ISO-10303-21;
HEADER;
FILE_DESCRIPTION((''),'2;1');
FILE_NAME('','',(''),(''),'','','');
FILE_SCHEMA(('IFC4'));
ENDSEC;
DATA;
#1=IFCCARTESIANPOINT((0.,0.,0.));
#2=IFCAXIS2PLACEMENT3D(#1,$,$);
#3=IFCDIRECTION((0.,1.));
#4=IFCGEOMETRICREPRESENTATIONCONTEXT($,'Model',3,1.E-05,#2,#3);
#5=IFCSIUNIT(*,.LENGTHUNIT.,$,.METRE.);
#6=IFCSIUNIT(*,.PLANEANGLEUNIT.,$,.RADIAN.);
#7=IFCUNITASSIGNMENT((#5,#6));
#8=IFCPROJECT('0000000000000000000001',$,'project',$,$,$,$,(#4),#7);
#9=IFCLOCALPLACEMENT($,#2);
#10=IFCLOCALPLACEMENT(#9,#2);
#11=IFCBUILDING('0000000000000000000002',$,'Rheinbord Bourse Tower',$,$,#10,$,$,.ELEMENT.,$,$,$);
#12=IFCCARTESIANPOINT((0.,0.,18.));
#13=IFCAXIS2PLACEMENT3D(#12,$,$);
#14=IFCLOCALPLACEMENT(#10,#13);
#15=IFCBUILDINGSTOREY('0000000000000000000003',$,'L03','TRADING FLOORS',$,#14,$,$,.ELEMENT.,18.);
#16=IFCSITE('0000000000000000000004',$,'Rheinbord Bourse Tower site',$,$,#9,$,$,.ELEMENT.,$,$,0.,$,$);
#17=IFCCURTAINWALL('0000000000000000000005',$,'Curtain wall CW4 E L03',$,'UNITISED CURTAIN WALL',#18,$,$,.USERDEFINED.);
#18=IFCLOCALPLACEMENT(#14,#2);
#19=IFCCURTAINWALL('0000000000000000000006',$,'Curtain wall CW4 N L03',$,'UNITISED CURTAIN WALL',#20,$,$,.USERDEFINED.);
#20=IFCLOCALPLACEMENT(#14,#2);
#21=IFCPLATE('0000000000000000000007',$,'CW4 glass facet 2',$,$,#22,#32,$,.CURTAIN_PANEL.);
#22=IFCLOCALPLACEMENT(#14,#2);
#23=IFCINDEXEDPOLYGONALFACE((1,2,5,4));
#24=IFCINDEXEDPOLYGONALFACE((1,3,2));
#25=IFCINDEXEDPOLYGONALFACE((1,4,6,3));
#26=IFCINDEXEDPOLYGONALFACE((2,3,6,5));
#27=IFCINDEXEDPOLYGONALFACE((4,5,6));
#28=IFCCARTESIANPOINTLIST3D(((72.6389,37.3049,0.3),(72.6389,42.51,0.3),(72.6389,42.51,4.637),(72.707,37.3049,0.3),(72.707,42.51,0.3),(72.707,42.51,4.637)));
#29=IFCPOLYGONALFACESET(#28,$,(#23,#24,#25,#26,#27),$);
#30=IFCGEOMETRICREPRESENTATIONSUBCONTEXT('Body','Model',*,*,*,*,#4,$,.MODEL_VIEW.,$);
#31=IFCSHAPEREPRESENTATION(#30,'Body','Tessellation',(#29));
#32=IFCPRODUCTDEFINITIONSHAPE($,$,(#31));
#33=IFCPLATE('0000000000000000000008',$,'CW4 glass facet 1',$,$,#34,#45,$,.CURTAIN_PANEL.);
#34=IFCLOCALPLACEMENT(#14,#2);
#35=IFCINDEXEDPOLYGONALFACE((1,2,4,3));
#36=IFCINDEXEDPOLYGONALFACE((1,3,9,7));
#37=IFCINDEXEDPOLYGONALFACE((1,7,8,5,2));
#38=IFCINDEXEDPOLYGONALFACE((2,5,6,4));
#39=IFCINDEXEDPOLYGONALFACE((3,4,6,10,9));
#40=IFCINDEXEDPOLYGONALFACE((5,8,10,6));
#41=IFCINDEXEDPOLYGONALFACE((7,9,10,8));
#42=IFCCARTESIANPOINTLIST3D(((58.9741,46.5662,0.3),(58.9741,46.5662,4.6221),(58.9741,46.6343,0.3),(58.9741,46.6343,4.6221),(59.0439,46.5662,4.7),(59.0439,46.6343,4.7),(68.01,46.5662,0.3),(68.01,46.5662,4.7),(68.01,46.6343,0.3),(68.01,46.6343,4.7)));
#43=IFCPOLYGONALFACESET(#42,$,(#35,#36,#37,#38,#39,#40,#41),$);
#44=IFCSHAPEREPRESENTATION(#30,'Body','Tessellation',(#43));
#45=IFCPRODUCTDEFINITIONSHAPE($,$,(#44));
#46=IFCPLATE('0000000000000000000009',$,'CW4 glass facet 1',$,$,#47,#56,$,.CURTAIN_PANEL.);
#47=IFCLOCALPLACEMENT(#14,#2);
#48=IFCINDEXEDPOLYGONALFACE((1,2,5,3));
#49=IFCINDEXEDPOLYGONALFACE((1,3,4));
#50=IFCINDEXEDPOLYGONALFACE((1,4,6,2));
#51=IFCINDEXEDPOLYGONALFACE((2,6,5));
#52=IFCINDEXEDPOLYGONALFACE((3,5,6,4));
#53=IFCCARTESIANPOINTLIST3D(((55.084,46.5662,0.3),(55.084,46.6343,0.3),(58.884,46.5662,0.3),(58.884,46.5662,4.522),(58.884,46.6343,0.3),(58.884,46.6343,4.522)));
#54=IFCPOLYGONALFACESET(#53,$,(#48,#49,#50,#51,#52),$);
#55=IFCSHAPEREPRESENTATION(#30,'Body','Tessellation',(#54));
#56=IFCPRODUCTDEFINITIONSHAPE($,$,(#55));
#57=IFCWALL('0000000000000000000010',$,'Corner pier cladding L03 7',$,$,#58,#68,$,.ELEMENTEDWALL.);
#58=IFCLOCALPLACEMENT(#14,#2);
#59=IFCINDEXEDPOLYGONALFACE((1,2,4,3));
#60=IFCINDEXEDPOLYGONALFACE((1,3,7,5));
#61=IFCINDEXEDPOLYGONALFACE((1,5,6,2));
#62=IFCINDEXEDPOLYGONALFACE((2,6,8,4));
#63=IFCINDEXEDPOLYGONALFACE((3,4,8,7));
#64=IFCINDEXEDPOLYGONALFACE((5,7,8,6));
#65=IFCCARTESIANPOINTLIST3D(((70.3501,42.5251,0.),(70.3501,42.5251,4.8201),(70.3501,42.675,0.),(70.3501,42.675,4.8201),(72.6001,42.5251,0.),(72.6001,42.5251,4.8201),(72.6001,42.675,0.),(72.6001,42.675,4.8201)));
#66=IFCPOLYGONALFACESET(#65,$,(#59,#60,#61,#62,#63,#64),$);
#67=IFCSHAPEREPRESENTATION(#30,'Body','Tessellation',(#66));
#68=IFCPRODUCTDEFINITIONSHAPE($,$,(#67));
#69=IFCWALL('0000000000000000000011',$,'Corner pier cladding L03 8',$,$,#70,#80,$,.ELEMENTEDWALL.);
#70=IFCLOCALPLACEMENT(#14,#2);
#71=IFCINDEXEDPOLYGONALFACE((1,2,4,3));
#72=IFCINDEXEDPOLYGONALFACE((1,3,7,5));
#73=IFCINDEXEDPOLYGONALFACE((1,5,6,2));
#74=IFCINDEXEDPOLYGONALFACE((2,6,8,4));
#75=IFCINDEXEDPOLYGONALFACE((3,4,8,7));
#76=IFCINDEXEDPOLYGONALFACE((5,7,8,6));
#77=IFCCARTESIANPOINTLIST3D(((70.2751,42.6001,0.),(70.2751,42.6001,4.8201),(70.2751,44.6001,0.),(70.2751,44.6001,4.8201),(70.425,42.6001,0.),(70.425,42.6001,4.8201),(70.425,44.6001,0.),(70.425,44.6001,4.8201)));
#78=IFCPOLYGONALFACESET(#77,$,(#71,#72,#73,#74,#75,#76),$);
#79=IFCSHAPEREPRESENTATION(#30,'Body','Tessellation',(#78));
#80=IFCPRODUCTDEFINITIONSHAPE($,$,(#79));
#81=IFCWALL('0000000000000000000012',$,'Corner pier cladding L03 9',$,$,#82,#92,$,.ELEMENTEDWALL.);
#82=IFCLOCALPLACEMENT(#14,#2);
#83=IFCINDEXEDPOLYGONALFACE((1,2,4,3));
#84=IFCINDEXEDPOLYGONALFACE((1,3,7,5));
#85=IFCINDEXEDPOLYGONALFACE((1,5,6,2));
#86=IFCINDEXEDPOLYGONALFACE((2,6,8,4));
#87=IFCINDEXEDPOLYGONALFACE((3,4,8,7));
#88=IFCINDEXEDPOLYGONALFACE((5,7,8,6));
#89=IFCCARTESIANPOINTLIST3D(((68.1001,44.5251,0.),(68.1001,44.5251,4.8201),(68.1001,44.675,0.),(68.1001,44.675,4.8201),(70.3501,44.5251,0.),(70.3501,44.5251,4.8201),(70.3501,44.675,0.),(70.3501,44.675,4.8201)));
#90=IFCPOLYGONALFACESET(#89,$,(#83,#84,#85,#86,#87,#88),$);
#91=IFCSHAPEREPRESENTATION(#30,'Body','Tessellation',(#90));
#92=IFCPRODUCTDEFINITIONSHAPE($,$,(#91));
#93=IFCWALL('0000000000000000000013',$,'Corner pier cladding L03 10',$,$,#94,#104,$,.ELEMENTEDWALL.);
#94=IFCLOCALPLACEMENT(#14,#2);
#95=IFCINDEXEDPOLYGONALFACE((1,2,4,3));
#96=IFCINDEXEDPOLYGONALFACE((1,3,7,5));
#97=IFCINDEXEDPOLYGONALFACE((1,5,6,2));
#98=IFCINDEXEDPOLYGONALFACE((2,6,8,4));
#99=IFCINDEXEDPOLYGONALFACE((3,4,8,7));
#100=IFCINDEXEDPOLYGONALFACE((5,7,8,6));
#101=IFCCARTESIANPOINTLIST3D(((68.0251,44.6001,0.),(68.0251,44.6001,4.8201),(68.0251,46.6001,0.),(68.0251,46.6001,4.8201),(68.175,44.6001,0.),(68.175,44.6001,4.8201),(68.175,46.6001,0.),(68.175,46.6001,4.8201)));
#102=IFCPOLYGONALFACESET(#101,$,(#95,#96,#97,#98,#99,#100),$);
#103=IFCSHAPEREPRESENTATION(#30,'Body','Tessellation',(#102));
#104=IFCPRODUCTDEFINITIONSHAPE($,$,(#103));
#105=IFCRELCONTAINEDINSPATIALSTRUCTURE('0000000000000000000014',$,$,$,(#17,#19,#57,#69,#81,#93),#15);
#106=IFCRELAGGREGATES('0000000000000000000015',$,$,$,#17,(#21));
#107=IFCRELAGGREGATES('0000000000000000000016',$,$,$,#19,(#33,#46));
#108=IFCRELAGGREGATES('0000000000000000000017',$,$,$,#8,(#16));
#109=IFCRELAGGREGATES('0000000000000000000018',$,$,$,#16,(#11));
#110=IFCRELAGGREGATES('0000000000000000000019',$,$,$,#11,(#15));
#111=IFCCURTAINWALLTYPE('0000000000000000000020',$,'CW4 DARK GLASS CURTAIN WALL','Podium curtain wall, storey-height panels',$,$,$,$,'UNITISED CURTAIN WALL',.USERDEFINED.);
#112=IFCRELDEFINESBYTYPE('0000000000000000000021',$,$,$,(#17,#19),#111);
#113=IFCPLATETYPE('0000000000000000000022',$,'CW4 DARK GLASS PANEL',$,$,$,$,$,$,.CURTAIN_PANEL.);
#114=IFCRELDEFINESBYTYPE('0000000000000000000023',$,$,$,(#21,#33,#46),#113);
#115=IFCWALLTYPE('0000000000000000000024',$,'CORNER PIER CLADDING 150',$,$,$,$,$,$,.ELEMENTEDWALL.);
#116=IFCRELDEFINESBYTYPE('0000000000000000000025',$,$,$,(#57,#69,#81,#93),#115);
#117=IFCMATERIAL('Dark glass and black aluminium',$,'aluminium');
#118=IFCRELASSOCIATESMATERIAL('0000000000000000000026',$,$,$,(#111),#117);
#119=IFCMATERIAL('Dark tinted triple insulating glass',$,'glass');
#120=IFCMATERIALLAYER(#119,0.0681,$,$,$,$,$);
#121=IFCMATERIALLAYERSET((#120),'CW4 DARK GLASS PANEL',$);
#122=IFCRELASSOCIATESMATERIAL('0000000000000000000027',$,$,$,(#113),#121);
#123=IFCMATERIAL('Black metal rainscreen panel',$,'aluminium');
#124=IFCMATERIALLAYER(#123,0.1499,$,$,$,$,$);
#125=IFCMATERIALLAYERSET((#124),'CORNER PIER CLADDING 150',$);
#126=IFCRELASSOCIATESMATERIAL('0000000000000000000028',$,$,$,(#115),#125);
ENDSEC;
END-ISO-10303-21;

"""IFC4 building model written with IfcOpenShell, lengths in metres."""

from ifc_helpers import new_model, si_unit, direction, frame, frame_2d, origin, place, context, subcontext, project, spatial, polyline, rectangle, outline, extrude, material, layer, layer_set, type_object, element, aggregate, save


model = new_model("IFC4")

# Units and contexts
model_context = context("Model", 3, precision=1e-05, world=origin(), true_north=direction((0.0, 1.0)))
body_context = subcontext(model_context, "Body", "Model", "MODEL_VIEW")
ifc_project = project(units=[si_unit("LENGTHUNIT", "METRE"), si_unit("PLANEANGLEUNIT", "RADIAN")], contexts=[model_context])

# Site, building, storey
site_placement = place(None, origin())
site = spatial("IfcSite", under=ifc_project, at=site_placement, Name="Rheinbord Bourse Tower site", CompositionType="ELEMENT", RefElevation=0.0)
building_placement = place(site_placement, origin())
building = spatial("IfcBuilding", under=site, at=building_placement, Name="Rheinbord Bourse Tower", CompositionType="ELEMENT")
storey_placement = place(building_placement, frame((0.0, 0.0, 18.0)))
storey = spatial("IfcBuildingStorey", under=building, at=storey_placement, Name="L03", Description="TRADING FLOORS", CompositionType="ELEMENT", Elevation=18.0)

# Curtain walls
ifc_material_1 = material(Name="Dark glass and black aluminium", Category="aluminium")
curtain_wall_type = type_object("IfcCurtainWallType", Name="CW4 DARK GLASS CURTAIN WALL", Description="Podium curtain wall, storey-height panels", ElementType="UNITISED CURTAIN WALL", PredefinedType="USERDEFINED", material=ifc_material_1)
curtain_wall_1_placement = place(storey_placement, origin())
curtain_wall_1 = element("IfcCurtainWall", 1, at=curtain_wall_1_placement, inside=storey, type_object=curtain_wall_type, Name="Curtain wall CW4 E L03", ObjectType="UNITISED CURTAIN WALL", PredefinedType="USERDEFINED")
curtain_wall_2_placement = place(storey_placement, origin())
curtain_wall_2 = element("IfcCurtainWall", 2, at=curtain_wall_2_placement, inside=storey, type_object=curtain_wall_type, Name="Curtain wall CW4 N L03", ObjectType="UNITISED CURTAIN WALL", PredefinedType="USERDEFINED")

# Plates
ifc_material_2 = material(Name="Dark tinted triple insulating glass", Category="glass")
ifc_layer_1 = layer(ifc_material_2, 0.0681)
ifc_layer_set_1 = layer_set([ifc_layer_1], Name="CW4 DARK GLASS PANEL")
plate_type = type_object("IfcPlateType", Name="CW4 DARK GLASS PANEL", PredefinedType="CURTAIN_PANEL", material=ifc_layer_set_1)
plate_1_placement = place(storey_placement, frame((72.707, 42.51, 0.3), z_axis=(-1.0, 0.0, 0.0), x_axis=(0.0, -1.0, 0.0)))
plate_1 = element("IfcPlate", 3, at=plate_1_placement, type_object=plate_type, Name="CW4 glass facet 2", PredefinedType="CURTAIN_PANEL", context=body_context, shape_type="SweptSolid", body=[
    extrude(outline(polyline([(0.0, 0.0), (5.2051, 0.0), (0.0, 4.3369), (0.0, 0.0)])), origin(), (0.0, 0.0, 1.0), 0.0681),
])
aggregate(curtain_wall_1, [plate_1])
plate_2_placement = place(storey_placement, frame((58.9741, 46.6343, 0.3), z_axis=(0.0, -1.0, 0.0), x_axis=(1.0, 0.0, 0.0)))
plate_2 = element("IfcPlate", 4, at=plate_2_placement, type_object=plate_type, Name="CW4 glass facet 1", PredefinedType="CURTAIN_PANEL", context=body_context, shape_type="SweptSolid", body=[
    extrude(outline(polyline([(0.0, 0.0), (9.0359, 0.0), (9.0359, 4.3999), (0.0698, 4.3999), (0.0, 4.322), (0.0, 0.0)])), origin(), (0.0, 0.0, 1.0), 0.0681),
])
plate_3_placement = place(storey_placement, frame((58.884, 46.6343, 0.3), z_axis=(0.0, -1.0, 0.0), x_axis=(0.0, 0.0, 1.0)))
plate_3 = element("IfcPlate", 5, at=plate_3_placement, type_object=plate_type, Name="CW4 glass facet 1", PredefinedType="CURTAIN_PANEL", context=body_context, shape_type="SweptSolid", body=[
    extrude(outline(polyline([(0.0, 0.0), (4.2219, 0.0), (0.0, 3.8), (0.0, 0.0)])), origin(), (0.0, 0.0, 1.0), 0.0681),
])
aggregate(curtain_wall_2, [plate_2, plate_3])

# Walls
ifc_material_3 = material(Name="Black metal rainscreen panel", Category="aluminium")
ifc_layer_2 = layer(ifc_material_3, 0.1499)
ifc_layer_set_2 = layer_set([ifc_layer_2], Name="CORNER PIER CLADDING 150")
wall_type = type_object("IfcWallType", Name="CORNER PIER CLADDING 150", PredefinedType="ELEMENTEDWALL", material=ifc_layer_set_2)
wall_1_placement = place(storey_placement, frame((72.6001, 42.6001, 0.0), z_axis=(0.0, 0.0, 1.0), x_axis=(-1.0, 0.0, 0.0)))
element("IfcWall", 6, at=wall_1_placement, inside=storey, type_object=wall_type, Name="Corner pier cladding L03 7", PredefinedType="ELEMENTEDWALL", context=body_context, shape_type="SweptSolid", body=[
    extrude(rectangle(XDim=2.25, YDim=0.1499, at=frame_2d((1.125, 0.0))), origin(), (0.0, 0.0, 1.0), 4.8201),
])
wall_2_placement = place(storey_placement, frame((70.3501, 42.6001, 0.0), z_axis=(0.0, 0.0, 1.0), x_axis=(0.0, 1.0, 0.0)))
element("IfcWall", 7, at=wall_2_placement, inside=storey, type_object=wall_type, Name="Corner pier cladding L03 8", PredefinedType="ELEMENTEDWALL", context=body_context, shape_type="SweptSolid", body=[
    extrude(rectangle(XDim=2.0, YDim=0.1499, at=frame_2d((1.0, 0.0))), origin(), (0.0, 0.0, 1.0), 4.8201),
])
wall_3_placement = place(storey_placement, frame((70.3501, 44.6001, 0.0), z_axis=(0.0, 0.0, 1.0), x_axis=(-1.0, 0.0, 0.0)))
element("IfcWall", 8, at=wall_3_placement, inside=storey, type_object=wall_type, Name="Corner pier cladding L03 9", PredefinedType="ELEMENTEDWALL", context=body_context, shape_type="SweptSolid", body=[
    extrude(rectangle(XDim=2.25, YDim=0.1499, at=frame_2d((1.125, 0.0))), origin(), (0.0, 0.0, 1.0), 4.8201),
])
wall_4_placement = place(storey_placement, frame((68.1001, 44.6001, 0.0), z_axis=(0.0, 0.0, 1.0), x_axis=(0.0, 1.0, 0.0)))
element("IfcWall", 9, at=wall_4_placement, inside=storey, type_object=wall_type, Name="Corner pier cladding L03 10", PredefinedType="ELEMENTEDWALL", context=body_context, shape_type="SweptSolid", body=[
    extrude(rectangle(XDim=2.0, YDim=0.1499, at=frame_2d((1.0, 0.0))), origin(), (0.0, 0.0, 1.0), 4.8201),
])

save(model, "model.ifc")
